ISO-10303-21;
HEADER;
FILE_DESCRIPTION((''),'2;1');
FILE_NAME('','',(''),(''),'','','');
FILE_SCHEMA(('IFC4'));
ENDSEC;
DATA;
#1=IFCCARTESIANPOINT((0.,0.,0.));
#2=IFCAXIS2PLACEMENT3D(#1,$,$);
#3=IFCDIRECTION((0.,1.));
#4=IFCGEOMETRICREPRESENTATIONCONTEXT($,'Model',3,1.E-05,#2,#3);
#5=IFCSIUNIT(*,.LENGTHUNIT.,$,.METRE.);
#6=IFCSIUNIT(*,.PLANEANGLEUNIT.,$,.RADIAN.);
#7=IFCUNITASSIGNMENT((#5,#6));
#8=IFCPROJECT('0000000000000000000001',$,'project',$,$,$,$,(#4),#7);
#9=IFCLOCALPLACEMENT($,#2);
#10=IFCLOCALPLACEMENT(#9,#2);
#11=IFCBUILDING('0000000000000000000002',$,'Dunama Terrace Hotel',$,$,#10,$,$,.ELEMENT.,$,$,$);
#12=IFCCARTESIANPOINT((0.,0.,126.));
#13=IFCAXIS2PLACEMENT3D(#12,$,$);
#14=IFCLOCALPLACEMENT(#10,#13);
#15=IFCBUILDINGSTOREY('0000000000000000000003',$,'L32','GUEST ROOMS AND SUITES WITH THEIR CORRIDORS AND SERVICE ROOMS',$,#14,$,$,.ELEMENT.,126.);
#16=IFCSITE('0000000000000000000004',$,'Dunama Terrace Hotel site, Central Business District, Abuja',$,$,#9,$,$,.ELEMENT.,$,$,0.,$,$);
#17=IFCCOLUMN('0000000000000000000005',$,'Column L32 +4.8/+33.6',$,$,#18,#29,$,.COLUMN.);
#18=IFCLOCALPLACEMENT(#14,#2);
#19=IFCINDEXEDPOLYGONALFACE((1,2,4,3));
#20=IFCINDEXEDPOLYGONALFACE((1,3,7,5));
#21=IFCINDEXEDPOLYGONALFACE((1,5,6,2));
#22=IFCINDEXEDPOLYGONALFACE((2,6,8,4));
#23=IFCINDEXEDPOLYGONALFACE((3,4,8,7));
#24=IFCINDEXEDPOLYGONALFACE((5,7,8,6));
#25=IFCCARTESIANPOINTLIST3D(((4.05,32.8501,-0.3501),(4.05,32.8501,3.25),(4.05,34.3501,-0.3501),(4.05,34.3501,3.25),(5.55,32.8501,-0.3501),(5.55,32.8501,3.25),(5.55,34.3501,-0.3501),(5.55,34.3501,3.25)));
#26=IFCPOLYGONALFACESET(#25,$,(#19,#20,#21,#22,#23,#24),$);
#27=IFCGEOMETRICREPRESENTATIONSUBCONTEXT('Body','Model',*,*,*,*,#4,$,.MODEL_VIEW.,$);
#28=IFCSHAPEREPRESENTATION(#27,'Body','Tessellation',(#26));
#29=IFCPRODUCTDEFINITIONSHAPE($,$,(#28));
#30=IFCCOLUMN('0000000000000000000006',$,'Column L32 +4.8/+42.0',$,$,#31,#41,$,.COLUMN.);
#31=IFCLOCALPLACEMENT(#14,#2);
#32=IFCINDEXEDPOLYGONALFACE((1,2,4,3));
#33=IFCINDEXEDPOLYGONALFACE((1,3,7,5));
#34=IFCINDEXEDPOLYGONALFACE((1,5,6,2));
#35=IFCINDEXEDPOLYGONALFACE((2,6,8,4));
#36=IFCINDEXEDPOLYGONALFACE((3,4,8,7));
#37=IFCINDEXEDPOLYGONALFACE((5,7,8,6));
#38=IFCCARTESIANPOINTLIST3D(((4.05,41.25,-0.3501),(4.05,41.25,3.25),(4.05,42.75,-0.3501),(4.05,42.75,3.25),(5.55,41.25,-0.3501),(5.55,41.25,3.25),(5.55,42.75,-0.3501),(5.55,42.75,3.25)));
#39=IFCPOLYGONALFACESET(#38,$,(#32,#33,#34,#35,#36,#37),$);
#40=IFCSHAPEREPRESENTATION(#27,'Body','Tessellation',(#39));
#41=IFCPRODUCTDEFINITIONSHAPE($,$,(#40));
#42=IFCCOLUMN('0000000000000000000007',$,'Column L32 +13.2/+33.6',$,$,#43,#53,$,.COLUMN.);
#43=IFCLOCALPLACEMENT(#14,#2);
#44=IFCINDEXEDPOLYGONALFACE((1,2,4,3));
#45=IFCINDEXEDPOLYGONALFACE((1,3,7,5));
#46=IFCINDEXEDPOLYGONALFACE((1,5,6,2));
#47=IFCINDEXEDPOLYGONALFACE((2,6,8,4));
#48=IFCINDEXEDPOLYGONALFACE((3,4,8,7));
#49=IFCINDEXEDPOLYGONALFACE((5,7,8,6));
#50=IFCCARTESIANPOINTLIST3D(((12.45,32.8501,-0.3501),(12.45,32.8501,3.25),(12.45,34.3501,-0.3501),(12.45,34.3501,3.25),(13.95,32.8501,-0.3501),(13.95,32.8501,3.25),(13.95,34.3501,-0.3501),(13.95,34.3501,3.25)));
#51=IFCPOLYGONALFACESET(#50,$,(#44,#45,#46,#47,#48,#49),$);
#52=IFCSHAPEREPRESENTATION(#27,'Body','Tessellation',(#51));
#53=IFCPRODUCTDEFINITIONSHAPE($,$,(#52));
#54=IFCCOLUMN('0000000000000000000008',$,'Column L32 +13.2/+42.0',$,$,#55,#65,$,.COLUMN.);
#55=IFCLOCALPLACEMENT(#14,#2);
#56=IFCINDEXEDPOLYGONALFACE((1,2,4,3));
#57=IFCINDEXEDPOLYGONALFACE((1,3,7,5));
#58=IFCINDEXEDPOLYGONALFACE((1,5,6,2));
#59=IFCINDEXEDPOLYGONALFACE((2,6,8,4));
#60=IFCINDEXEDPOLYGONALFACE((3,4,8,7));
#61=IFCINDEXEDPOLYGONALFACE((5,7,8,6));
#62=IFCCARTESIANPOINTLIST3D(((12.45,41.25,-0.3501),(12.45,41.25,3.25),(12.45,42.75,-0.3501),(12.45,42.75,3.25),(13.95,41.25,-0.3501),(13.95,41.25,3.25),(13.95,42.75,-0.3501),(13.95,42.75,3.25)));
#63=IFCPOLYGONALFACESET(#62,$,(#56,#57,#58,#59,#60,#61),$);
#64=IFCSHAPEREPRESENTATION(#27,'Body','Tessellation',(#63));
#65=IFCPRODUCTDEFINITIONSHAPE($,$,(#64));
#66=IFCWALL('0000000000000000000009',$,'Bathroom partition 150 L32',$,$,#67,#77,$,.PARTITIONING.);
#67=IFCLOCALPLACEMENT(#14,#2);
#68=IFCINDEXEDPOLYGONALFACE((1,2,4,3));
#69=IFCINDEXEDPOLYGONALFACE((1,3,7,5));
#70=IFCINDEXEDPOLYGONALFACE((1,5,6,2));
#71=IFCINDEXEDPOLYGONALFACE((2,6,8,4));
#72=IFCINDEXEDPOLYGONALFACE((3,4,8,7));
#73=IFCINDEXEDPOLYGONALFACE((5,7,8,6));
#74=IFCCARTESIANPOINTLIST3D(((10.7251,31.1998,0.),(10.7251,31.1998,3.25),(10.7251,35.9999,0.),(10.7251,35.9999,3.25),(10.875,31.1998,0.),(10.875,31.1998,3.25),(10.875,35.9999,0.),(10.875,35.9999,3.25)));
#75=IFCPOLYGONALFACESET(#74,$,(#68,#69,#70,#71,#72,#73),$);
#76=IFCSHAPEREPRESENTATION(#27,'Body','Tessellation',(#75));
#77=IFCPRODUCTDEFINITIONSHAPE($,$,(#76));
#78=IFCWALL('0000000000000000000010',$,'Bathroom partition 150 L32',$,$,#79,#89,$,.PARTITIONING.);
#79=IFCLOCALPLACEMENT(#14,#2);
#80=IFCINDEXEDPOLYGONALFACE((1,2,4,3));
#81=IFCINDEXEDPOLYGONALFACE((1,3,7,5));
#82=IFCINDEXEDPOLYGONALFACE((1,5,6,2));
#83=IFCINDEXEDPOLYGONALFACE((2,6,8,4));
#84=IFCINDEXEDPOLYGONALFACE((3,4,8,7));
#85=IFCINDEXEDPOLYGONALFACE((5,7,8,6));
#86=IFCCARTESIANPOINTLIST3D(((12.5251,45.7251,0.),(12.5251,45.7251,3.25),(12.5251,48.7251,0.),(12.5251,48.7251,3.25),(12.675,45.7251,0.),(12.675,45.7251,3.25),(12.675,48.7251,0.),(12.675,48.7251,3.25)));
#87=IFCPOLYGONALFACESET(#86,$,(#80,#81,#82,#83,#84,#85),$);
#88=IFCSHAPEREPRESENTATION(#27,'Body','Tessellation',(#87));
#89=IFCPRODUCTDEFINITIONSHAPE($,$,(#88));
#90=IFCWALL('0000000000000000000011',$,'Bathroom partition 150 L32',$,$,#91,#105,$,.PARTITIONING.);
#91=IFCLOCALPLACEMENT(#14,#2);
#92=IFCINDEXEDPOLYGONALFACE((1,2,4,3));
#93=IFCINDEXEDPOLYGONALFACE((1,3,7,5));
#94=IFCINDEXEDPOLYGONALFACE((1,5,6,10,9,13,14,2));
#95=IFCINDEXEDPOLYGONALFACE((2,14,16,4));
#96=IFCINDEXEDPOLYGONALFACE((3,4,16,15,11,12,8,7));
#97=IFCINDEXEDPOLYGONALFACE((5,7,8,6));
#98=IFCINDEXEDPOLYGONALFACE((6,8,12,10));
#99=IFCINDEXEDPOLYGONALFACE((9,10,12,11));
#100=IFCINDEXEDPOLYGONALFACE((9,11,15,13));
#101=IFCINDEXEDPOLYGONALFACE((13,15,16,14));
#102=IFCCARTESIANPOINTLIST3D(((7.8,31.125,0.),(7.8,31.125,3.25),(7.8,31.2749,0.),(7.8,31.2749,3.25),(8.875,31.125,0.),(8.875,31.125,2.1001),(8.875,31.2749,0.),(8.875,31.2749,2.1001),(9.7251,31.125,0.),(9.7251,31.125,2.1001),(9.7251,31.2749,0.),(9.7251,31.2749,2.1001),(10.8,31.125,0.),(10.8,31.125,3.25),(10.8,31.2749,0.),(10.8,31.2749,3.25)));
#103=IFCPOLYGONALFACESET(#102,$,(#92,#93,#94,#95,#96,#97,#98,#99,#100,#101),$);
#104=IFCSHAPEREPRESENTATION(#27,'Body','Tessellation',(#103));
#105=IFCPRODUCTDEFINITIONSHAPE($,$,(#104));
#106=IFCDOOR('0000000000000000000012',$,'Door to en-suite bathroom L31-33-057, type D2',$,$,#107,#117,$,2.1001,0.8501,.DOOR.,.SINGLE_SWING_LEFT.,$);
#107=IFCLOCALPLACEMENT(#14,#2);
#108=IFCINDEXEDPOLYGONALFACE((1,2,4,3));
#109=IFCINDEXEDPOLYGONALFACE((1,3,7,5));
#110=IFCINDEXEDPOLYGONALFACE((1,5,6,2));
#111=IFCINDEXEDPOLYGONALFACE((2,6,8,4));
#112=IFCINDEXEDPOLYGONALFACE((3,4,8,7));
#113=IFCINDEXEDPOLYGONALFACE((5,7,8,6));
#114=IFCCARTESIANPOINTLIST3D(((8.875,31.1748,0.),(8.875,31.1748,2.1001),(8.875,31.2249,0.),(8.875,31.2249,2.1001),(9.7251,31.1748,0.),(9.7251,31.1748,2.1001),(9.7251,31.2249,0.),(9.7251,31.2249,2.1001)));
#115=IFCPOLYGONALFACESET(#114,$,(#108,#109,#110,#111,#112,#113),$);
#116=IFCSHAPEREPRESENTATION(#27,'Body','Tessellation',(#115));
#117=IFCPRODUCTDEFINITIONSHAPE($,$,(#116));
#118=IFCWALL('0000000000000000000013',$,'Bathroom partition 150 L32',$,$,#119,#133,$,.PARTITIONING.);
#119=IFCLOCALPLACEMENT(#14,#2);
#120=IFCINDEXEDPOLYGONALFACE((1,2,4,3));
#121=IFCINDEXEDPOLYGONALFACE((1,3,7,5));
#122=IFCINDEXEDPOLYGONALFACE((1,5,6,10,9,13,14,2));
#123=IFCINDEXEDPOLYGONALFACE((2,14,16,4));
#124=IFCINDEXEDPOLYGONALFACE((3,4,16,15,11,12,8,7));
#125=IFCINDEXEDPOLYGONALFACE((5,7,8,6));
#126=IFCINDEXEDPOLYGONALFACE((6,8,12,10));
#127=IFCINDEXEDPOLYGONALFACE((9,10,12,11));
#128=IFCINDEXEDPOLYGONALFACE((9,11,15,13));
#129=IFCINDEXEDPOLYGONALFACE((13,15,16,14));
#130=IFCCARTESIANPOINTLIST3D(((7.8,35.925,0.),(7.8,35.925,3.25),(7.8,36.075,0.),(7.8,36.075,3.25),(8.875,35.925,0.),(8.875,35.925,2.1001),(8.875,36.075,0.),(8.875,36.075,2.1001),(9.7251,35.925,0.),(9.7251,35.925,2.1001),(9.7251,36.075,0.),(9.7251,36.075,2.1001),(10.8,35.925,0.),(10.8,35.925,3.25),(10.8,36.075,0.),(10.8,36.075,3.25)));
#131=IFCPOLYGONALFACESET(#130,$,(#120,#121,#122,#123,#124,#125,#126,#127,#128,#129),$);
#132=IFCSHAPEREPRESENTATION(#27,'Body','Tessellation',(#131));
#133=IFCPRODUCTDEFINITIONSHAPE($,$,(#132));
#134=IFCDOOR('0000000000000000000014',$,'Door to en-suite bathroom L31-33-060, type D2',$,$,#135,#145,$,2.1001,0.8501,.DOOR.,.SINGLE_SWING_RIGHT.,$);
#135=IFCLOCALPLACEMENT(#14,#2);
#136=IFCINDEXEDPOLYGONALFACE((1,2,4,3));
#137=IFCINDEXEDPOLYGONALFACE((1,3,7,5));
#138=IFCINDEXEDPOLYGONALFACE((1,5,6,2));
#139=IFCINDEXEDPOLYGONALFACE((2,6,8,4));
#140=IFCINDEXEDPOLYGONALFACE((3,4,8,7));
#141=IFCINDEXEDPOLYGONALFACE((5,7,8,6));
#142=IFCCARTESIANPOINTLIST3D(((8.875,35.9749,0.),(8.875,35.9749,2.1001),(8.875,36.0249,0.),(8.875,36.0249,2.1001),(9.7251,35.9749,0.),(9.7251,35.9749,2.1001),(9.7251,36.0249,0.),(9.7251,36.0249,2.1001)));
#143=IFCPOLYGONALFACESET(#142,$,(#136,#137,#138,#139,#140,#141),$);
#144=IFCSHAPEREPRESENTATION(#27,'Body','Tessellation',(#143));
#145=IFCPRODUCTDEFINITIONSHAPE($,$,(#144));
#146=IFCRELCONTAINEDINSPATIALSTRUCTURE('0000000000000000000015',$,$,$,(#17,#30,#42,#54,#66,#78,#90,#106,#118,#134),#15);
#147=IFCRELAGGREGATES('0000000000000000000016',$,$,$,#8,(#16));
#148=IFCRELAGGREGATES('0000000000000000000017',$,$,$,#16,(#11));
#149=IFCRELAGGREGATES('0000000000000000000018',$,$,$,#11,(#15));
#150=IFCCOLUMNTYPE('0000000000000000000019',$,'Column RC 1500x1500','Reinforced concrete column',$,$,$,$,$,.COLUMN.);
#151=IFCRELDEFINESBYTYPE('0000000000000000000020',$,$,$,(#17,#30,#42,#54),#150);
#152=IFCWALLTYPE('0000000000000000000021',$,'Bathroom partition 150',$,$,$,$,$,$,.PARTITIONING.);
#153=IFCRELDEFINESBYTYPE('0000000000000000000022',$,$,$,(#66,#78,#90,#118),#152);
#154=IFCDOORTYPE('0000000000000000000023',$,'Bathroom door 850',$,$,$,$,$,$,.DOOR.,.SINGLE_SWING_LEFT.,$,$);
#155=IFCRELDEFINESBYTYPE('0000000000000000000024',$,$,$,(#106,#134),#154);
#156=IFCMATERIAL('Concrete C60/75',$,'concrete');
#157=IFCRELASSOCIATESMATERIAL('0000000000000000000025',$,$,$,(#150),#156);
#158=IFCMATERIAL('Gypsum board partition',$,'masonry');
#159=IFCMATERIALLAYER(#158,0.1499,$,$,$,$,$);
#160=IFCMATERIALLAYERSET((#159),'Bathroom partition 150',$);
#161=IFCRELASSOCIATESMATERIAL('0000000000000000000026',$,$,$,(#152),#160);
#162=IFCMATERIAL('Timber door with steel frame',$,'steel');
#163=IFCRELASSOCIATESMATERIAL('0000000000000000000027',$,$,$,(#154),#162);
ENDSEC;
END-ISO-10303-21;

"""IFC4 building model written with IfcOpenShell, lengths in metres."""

from ifc_helpers import new_model, si_unit, direction, frame, frame_2d, origin, origin_2d, place, context, subcontext, project, spatial, rectangle, extrude, material, layer, layer_set, material_profile, profile_set, type_object, element, fill, save


model = new_model("IFC4")

# Units and contexts
model_context = context("Model", 3, precision=1e-05, world=origin(), true_north=direction((0.0, 1.0)))
body_context = subcontext(model_context, "Body", "Model", "MODEL_VIEW")
ifc_project = project(units=[si_unit("LENGTHUNIT", "METRE"), si_unit("PLANEANGLEUNIT", "RADIAN")], contexts=[model_context])

# Site, building, storey
site_placement = place(None, origin())
site = spatial("IfcSite", under=ifc_project, at=site_placement, Name="Dunama Terrace Hotel site, Central Business District, Abuja", CompositionType="ELEMENT", RefElevation=0.0)
building_placement = place(site_placement, origin())
building = spatial("IfcBuilding", under=site, at=building_placement, Name="Dunama Terrace Hotel", CompositionType="ELEMENT")
storey_placement = place(building_placement, frame((0.0, 0.0, 126.0)))
storey = spatial("IfcBuildingStorey", under=building, at=storey_placement, Name="L32", Description="GUEST ROOMS AND SUITES WITH THEIR CORRIDORS AND SERVICE ROOMS", CompositionType="ELEMENT", Elevation=126.0)

# Columns
ifc_material_1 = material(Name="Concrete C60/75", Category="concrete")
ifc_material_profile = material_profile(ifc_material_1, rectangle(XDim=1.5, YDim=1.5, at=origin_2d()), Name="RC 1500x1500")
ifc_profile_set = profile_set([ifc_material_profile], Name="Concrete C60/75")
column_type = type_object("IfcColumnType", Name="Column RC 1500x1500", Description="Reinforced concrete column", PredefinedType="COLUMN", material=ifc_profile_set)
for number, where, z_axis, x_axis, name in (
    (1, (4.8, 33.6001, -0.3501), (0.0, 0.0, 1.0), (1.0, 0.0, 0.0), "Column L32 +4.8/+33.6"),
    (2, (4.8, 42.0, -0.3501), (0.0, 0.0, 1.0), (1.0, 0.0, 0.0), "Column L32 +4.8/+42.0"),
    (3, (13.2, 33.6001, -0.3501), (0.0, 0.0, 1.0), (1.0, 0.0, 0.0), "Column L32 +13.2/+33.6"),
    (4, (13.2, 42.0, -0.3501), (0.0, 0.0, 1.0), (1.0, 0.0, 0.0), "Column L32 +13.2/+42.0"),
):
    element("IfcColumn", number, at=place(storey_placement, frame(where, z_axis=z_axis, x_axis=x_axis)), inside=storey, type_object=column_type, Name=name, PredefinedType="COLUMN", context=body_context, shape_type="SweptSolid", body=[
        extrude(rectangle(XDim=1.5, YDim=1.5, at=origin_2d()), origin(), (0.0, 0.0, 1.0), 3.6001),
    ])

# Walls
ifc_material_2 = material(Name="Gypsum board partition", Category="masonry")
ifc_layer_1 = layer(ifc_material_2, 0.1499)
ifc_layer_set_1 = layer_set([ifc_layer_1], Name="Bathroom partition 150")
wall_type_1 = type_object("IfcWallType", Name="Bathroom partition 150", PredefinedType="PARTITIONING", material=ifc_layer_set_1)
wall_1_placement = place(storey_placement, frame((10.8, 31.2, 0.0), z_axis=(0.0, 0.0, 1.0), x_axis=(0.0, 1.0, 0.0)))
element("IfcWall", 5, at=wall_1_placement, inside=storey, type_object=wall_type_1, Name="Bathroom partition 150 L32", PredefinedType="PARTITIONING", context=body_context, shape_type="SweptSolid", body=[
    extrude(rectangle(XDim=4.8, YDim=0.1499, at=frame_2d((2.3999, 0.0))), origin(), (0.0, 0.0, 1.0), 3.25),
])
wall_2_placement = place(storey_placement, frame((12.6001, 45.7251, 0.0), z_axis=(0.0, 0.0, 1.0), x_axis=(0.0, 1.0, 0.0)))
element("IfcWall", 6, at=wall_2_placement, inside=storey, type_object=wall_type_1, Name="Bathroom partition 150 L32", PredefinedType="PARTITIONING", context=body_context, shape_type="SweptSolid", body=[
    extrude(rectangle(XDim=3.0, YDim=0.1499, at=frame_2d((1.5, 0.0))), origin(), (0.0, 0.0, 1.0), 3.25),
])

# Walls, openings, doors
wall_3_placement = place(storey_placement, frame((7.8, 31.2, 0.0), z_axis=(0.0, 0.0, 1.0), x_axis=(1.0, 0.0, 0.0)))
wall_3 = element("IfcWall", 7, at=wall_3_placement, inside=storey, type_object=wall_type_1, Name="Bathroom partition 150 L32", PredefinedType="PARTITIONING", context=body_context, shape_type="SweptSolid", body=[
    extrude(rectangle(XDim=3.0, YDim=0.1499, at=frame_2d((1.5, 0.0))), origin(), (0.0, 0.0, 1.0), 3.25),
])
opening_1_placement = place(wall_3_placement, frame((1.075, 0.0, 0.0)))
opening_1 = element("IfcOpeningElement", 8, at=opening_1_placement, cuts=wall_3, PredefinedType="OPENING", context=body_context, shape_type="SweptSolid", body=[
    extrude(rectangle(XDim=0.8501, YDim=2.1001, at=frame_2d((0.425, 1.05))), frame((0.0, 0.085, 0.0), z_axis=(0.0, -1.0, 0.0), x_axis=(1.0, 0.0, 0.0)), (0.0, 0.0, 1.0), 0.1699),
])
ifc_material_3 = material(Name="Timber door with steel frame", Category="steel")
door_type_1 = type_object("IfcDoorType", Name="Bathroom door 850", OperationType="SINGLE_SWING_LEFT", PredefinedType="DOOR", material=ifc_material_3)
door_1_placement = place(opening_1_placement, origin())
door_1 = element("IfcDoor", 9, at=door_1_placement, inside=storey, type_object=door_type_1, Name="Door to en-suite bathroom L31-33-057, type D2", OperationType="SINGLE_SWING_LEFT", OverallHeight=2.1001, OverallWidth=0.8501, PredefinedType="DOOR", context=body_context, shape_type="SweptSolid", body=[
    extrude(rectangle(XDim=0.8501, YDim=2.1001, at=frame_2d((0.425, 1.05))), frame((0.0, 0.0249, 0.0), z_axis=(0.0, -1.0, 0.0), x_axis=(1.0, 0.0, 0.0)), (0.0, 0.0, 1.0), 0.05),
])
fill(opening_1, door_1)
wall_4_placement = place(storey_placement, frame((7.8, 36.0, 0.0), z_axis=(0.0, 0.0, 1.0), x_axis=(1.0, 0.0, 0.0)))
wall_4 = element("IfcWall", 10, at=wall_4_placement, inside=storey, type_object=wall_type_1, Name="Bathroom partition 150 L32", PredefinedType="PARTITIONING", context=body_context, shape_type="SweptSolid", body=[
    extrude(rectangle(XDim=3.0, YDim=0.1499, at=frame_2d((1.5, 0.0))), origin(), (0.0, 0.0, 1.0), 3.25),
])
opening_2_placement = place(wall_4_placement, frame((1.075, 0.0, 0.0)))
opening_2 = element("IfcOpeningElement", 11, at=opening_2_placement, cuts=wall_4, PredefinedType="OPENING", context=body_context, shape_type="SweptSolid", body=[
    extrude(rectangle(XDim=0.8501, YDim=2.1001, at=frame_2d((0.425, 1.05))), frame((0.0, 0.085, 0.0), z_axis=(0.0, -1.0, 0.0), x_axis=(1.0, 0.0, 0.0)), (0.0, 0.0, 1.0), 0.1699),
])
door_2_placement = place(opening_2_placement, frame((0.8501, 0.0, 0.0), z_axis=(0.0, 0.0, 1.0), x_axis=(-1.0, 0.0, 0.0)))
door_2 = element("IfcDoor", 12, at=door_2_placement, inside=storey, type_object=door_type_1, Name="Door to en-suite bathroom L31-33-060, type D2", OperationType="SINGLE_SWING_RIGHT", OverallHeight=2.1001, OverallWidth=0.8501, PredefinedType="DOOR", context=body_context, shape_type="SweptSolid", body=[
    extrude(rectangle(XDim=0.8501, YDim=2.1001, at=frame_2d((0.425, 1.05))), frame((0.0, 0.0251, 0.0), z_axis=(0.0, -1.0, 0.0), x_axis=(1.0, 0.0, 0.0)), (0.0, 0.0, 1.0), 0.05),
])
fill(opening_2, door_2)

save(model, "model.ifc")
